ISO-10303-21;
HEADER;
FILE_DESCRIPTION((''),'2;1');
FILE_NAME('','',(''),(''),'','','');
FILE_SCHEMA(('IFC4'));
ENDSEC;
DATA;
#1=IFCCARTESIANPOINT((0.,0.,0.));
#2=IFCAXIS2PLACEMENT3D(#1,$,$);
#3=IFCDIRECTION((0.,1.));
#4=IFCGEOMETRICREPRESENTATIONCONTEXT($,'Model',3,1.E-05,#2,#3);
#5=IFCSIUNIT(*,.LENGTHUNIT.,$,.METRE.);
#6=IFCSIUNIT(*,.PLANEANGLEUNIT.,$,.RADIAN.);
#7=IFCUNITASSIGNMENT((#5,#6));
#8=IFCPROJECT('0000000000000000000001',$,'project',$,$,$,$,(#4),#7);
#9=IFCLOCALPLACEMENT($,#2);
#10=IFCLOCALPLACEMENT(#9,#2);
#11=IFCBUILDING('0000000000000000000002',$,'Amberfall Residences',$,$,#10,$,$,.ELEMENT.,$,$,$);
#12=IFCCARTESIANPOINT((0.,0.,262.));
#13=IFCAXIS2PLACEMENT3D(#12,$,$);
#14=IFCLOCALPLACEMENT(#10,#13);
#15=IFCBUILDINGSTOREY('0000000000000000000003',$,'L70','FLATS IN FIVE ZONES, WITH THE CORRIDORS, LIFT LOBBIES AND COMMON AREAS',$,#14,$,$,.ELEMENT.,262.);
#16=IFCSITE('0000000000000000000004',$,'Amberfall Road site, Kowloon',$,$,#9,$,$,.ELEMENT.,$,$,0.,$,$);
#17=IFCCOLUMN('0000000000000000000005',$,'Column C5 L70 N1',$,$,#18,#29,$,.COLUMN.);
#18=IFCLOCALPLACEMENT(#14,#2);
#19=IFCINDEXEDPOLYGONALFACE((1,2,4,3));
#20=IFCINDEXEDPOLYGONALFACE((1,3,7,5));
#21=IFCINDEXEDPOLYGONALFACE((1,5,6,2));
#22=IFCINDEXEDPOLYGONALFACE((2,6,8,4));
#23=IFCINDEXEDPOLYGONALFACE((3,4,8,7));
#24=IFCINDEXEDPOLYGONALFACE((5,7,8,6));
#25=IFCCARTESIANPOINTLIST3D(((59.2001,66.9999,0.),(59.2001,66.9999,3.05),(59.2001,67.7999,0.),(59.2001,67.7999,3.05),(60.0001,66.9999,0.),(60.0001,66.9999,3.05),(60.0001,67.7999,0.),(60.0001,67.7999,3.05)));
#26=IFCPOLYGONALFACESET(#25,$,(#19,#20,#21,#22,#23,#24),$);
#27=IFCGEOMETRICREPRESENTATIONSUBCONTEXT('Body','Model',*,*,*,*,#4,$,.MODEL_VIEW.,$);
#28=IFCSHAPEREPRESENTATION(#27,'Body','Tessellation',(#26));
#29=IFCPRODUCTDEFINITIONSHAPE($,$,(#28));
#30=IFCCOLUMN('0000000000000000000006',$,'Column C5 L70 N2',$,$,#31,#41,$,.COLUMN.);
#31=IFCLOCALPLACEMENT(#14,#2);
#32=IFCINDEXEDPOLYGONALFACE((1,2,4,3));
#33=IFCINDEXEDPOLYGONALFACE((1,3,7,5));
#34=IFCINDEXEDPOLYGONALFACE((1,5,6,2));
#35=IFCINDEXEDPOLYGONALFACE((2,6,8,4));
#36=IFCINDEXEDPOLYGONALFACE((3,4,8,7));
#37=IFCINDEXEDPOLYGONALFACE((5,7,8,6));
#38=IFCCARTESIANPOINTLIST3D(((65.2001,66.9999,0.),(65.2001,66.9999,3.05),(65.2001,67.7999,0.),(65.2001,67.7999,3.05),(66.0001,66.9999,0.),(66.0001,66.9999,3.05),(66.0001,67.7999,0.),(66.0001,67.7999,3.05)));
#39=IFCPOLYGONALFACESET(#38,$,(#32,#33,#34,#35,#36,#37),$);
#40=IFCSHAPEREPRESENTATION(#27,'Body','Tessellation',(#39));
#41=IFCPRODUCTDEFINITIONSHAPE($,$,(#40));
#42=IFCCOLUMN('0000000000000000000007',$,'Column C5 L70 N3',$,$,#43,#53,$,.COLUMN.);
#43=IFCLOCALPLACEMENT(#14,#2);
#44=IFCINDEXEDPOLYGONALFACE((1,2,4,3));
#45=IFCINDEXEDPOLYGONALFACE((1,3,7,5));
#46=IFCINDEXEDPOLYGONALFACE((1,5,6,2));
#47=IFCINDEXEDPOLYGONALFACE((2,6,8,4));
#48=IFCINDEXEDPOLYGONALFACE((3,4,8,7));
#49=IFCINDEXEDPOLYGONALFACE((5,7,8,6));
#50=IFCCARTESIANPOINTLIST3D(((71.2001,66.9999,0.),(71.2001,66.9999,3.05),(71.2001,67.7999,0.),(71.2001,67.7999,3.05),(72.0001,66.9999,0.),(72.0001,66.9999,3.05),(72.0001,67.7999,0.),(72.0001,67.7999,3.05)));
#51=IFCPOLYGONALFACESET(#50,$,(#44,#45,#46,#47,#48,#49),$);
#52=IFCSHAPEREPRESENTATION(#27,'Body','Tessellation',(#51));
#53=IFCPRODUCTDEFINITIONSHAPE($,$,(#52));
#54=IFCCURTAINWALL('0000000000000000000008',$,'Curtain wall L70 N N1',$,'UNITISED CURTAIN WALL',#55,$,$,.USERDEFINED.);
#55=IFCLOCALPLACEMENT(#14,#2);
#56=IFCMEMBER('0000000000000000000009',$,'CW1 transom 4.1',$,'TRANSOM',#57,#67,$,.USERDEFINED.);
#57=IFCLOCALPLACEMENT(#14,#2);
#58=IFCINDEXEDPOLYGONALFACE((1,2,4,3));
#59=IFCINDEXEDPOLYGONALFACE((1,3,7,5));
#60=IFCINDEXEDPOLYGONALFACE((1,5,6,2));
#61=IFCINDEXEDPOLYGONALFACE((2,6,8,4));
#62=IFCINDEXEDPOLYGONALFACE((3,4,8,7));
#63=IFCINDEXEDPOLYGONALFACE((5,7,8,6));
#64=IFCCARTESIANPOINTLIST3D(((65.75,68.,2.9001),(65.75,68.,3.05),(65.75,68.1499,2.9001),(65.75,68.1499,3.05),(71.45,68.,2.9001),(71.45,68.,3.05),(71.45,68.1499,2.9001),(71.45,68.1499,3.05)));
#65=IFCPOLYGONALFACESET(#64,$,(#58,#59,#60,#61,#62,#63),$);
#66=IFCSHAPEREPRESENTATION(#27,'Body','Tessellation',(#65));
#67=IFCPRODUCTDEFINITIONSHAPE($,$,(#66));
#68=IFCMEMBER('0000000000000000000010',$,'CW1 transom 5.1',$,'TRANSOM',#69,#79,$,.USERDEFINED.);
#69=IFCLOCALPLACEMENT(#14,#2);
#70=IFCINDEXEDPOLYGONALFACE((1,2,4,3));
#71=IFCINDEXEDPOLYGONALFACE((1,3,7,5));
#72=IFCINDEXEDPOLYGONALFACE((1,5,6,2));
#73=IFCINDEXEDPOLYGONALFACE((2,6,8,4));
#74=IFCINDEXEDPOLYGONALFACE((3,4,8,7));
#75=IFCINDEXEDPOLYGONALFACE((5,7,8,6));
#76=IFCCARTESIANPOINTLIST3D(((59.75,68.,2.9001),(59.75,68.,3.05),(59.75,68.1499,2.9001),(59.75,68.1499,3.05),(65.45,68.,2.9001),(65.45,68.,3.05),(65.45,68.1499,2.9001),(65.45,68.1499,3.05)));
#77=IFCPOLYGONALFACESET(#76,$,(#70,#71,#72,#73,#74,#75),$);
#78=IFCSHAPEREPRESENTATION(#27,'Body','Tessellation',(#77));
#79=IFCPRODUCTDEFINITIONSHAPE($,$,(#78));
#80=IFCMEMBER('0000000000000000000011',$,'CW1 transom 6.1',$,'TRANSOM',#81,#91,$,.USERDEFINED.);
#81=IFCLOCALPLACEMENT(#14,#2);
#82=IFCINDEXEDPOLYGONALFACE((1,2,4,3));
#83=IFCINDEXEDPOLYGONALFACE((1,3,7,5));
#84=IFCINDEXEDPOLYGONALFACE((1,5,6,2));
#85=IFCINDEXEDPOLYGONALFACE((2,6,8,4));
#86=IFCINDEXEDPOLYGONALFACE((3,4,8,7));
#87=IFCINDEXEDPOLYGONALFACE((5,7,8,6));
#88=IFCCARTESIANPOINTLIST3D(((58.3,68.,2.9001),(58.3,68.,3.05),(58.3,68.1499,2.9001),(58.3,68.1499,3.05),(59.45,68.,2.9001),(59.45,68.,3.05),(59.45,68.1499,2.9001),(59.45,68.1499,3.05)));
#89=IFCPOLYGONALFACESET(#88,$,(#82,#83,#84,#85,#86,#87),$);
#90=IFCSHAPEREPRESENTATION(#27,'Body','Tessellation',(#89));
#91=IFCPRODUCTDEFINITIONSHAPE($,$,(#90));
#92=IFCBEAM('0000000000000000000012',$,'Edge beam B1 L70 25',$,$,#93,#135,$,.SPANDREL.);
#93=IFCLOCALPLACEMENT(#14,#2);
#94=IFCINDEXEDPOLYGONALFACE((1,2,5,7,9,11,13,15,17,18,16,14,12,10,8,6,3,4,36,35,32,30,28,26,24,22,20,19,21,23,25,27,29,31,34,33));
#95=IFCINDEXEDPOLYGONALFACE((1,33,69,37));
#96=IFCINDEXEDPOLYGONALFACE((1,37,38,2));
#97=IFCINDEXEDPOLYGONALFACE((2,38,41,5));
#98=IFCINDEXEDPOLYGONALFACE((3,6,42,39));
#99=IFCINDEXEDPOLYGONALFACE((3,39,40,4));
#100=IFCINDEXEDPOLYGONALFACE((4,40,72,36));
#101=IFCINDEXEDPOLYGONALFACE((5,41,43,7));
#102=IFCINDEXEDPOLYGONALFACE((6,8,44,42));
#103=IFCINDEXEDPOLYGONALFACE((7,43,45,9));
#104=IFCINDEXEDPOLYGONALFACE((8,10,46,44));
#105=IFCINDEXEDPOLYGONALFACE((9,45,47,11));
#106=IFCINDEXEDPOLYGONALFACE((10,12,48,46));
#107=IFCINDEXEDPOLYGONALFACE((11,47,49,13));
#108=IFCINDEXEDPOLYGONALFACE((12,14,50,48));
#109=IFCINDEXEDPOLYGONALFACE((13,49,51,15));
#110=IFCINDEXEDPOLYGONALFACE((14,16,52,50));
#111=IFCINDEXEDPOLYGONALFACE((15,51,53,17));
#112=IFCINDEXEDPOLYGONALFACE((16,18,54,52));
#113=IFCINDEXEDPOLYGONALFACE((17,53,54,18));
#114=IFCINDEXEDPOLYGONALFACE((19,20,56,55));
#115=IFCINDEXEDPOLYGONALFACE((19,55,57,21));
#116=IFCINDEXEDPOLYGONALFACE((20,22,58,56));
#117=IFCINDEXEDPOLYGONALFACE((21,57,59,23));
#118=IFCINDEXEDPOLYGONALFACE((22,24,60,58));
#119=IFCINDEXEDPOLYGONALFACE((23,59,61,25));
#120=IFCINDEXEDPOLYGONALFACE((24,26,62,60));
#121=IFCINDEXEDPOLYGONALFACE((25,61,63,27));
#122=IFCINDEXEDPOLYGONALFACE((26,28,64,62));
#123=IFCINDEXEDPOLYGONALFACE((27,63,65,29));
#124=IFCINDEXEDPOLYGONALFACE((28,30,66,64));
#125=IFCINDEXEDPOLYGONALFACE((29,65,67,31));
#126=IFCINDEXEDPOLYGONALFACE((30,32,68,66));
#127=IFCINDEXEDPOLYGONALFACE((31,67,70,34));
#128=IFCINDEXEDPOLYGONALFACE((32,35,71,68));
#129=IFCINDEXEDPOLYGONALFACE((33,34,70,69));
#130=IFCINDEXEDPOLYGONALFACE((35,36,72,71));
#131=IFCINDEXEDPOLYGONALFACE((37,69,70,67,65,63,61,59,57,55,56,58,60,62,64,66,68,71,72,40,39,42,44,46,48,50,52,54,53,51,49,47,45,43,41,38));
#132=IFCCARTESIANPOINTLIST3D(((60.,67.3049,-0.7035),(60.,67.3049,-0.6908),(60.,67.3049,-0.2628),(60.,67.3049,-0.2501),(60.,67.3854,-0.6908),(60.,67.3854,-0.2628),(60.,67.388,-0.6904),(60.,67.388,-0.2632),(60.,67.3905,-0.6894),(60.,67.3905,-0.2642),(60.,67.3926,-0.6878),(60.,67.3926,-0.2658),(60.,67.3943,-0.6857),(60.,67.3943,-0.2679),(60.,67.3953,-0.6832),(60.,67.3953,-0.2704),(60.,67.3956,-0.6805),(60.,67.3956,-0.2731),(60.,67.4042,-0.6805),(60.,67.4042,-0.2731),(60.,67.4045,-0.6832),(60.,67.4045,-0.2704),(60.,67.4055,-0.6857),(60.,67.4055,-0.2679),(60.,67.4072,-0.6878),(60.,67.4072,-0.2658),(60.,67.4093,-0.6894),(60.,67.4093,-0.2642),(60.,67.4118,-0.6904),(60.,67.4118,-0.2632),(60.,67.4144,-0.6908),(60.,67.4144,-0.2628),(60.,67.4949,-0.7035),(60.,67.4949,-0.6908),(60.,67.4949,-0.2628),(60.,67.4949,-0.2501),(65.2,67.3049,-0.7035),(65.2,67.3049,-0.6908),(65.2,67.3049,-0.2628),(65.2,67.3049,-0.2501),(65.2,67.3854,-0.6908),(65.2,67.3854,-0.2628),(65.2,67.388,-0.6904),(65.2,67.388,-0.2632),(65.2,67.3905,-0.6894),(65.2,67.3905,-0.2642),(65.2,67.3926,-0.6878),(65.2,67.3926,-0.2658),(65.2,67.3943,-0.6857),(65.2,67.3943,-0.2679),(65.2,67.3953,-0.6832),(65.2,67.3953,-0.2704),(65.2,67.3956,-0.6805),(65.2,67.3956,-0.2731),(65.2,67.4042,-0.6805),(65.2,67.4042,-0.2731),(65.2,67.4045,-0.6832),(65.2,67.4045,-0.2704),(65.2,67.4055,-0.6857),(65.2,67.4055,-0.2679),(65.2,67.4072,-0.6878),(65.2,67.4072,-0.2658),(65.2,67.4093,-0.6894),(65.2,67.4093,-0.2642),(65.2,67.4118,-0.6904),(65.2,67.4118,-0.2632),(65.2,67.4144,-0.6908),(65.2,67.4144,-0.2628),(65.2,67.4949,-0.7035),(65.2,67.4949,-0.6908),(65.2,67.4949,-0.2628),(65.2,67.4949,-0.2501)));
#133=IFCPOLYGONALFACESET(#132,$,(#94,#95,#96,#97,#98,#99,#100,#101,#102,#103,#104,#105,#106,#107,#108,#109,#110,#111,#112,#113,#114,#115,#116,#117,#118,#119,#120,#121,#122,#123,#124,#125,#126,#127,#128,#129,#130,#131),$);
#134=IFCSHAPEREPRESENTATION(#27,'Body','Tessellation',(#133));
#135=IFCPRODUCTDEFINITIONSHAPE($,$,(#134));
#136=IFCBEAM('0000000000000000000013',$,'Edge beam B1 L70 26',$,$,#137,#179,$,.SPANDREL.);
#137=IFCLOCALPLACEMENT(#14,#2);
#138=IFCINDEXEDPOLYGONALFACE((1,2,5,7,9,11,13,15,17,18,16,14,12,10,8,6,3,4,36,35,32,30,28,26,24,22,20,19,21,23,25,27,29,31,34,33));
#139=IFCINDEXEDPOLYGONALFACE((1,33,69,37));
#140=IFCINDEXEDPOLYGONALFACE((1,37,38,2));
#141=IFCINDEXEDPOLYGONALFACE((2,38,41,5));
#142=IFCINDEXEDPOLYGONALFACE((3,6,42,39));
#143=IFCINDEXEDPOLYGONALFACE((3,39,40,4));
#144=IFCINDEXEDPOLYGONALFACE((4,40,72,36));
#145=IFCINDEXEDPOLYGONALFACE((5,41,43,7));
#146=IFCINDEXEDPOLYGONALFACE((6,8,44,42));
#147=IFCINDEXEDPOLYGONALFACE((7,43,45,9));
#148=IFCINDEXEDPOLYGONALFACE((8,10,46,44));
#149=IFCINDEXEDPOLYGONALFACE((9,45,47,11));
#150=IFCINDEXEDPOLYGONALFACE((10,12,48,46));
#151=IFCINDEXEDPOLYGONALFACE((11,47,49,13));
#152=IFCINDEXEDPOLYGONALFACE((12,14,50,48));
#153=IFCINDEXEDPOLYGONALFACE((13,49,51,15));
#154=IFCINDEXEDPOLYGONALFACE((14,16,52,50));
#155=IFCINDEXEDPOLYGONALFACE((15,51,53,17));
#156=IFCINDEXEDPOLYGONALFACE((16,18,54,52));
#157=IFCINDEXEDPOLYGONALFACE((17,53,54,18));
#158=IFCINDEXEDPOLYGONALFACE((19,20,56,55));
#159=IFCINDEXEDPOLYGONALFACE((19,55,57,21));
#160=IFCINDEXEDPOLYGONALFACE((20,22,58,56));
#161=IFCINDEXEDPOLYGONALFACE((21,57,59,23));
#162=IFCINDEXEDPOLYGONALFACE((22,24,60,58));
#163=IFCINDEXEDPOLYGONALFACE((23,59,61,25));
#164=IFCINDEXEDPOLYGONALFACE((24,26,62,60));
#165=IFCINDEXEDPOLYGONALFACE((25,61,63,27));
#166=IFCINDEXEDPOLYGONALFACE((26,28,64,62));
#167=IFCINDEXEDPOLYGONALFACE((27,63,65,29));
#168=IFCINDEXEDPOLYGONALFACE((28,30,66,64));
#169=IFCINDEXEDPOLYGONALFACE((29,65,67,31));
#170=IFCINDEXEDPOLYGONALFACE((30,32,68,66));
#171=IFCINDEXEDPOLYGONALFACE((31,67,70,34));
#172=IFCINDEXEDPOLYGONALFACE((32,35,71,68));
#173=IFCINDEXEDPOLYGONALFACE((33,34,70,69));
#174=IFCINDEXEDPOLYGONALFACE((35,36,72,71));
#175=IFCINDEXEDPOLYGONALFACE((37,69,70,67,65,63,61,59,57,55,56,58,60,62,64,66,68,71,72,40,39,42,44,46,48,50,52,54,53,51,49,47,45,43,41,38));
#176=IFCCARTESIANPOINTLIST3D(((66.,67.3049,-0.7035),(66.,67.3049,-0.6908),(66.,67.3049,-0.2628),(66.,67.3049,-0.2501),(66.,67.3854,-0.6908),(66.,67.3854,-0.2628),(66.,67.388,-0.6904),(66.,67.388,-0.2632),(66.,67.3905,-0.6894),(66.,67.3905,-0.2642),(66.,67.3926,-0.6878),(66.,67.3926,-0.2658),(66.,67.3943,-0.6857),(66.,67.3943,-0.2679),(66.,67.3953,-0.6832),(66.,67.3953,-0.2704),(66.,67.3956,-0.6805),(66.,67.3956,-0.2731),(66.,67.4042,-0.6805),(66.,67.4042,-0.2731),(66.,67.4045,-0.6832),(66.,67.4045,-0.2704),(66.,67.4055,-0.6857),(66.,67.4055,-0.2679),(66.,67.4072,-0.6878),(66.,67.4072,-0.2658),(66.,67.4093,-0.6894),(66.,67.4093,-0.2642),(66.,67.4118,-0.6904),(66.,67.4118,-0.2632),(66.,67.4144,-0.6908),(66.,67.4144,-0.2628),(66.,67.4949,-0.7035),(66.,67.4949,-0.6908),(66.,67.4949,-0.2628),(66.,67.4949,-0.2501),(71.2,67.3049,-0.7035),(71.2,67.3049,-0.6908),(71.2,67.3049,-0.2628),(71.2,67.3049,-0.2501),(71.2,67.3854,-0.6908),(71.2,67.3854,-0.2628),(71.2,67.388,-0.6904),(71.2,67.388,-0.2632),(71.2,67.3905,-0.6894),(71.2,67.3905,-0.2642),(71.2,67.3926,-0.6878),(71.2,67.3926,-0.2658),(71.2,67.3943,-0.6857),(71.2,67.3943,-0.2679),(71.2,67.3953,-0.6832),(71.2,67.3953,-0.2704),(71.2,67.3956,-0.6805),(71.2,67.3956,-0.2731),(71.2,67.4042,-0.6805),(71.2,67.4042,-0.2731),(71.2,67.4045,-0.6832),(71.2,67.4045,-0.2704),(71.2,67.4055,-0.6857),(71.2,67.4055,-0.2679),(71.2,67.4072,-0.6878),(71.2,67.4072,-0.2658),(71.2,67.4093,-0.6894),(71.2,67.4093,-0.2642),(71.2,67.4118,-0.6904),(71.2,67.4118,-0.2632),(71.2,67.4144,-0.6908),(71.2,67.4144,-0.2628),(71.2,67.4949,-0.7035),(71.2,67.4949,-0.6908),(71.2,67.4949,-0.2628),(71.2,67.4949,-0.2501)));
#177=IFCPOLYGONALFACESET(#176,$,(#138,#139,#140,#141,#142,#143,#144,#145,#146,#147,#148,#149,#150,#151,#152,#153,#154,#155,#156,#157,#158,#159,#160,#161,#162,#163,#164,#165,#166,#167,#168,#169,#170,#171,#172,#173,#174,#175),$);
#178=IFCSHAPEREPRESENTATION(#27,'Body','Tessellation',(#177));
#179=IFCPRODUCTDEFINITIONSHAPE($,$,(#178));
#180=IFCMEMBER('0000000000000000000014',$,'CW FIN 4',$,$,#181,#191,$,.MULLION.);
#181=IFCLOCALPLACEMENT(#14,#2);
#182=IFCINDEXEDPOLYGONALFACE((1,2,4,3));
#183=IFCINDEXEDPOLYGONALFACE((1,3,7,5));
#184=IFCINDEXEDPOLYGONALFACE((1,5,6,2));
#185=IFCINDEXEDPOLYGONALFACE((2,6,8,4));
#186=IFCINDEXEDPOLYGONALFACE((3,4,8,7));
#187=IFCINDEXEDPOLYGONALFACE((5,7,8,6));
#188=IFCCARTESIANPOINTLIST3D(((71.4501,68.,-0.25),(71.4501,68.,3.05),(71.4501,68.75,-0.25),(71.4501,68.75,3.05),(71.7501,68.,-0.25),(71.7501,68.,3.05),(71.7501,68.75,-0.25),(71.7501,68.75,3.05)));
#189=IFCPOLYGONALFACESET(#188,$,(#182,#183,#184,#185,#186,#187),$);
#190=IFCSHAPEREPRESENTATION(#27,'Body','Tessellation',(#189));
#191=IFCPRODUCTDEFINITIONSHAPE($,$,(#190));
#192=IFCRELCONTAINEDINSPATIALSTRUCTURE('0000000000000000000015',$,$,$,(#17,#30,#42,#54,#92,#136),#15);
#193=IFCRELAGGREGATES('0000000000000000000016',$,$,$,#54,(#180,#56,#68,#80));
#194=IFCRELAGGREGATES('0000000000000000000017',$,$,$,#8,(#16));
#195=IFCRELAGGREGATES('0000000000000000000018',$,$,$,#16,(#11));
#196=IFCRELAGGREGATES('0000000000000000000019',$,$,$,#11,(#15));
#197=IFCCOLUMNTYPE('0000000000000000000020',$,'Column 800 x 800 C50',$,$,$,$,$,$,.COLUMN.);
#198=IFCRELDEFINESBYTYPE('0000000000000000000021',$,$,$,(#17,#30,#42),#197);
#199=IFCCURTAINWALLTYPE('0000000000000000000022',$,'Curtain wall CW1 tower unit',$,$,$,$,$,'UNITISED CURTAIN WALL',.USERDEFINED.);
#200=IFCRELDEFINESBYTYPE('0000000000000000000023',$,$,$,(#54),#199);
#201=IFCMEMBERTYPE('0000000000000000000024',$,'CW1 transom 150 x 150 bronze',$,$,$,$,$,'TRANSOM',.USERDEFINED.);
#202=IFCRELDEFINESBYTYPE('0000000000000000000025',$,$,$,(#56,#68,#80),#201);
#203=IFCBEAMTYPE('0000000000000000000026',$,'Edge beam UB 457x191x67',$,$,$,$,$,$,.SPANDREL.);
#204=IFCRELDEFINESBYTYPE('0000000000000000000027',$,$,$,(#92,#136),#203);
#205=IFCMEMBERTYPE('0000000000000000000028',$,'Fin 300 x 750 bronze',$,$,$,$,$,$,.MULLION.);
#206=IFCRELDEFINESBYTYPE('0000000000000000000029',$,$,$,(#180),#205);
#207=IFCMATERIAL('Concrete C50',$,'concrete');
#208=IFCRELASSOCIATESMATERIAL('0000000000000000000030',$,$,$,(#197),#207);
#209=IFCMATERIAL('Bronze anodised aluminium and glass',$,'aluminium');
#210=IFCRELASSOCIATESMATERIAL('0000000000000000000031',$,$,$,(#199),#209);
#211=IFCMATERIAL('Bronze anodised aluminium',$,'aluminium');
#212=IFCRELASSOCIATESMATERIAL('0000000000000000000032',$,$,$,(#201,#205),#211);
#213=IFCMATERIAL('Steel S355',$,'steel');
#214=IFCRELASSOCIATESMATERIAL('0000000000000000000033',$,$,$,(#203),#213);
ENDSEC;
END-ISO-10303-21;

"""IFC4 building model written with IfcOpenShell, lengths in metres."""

from ifc_helpers import new_model, si_unit, direction, frame, origin, origin_2d, place, context, subcontext, project, spatial, rectangle, i_section, extrude, material, material_profile, profile_set, type_object, element, aggregate, save


model = new_model("IFC4")

# Units and contexts
model_context = context("Model", 3, precision=1e-05, world=origin(), true_north=direction((0.0, 1.0)))
body_context = subcontext(model_context, "Body", "Model", "MODEL_VIEW")
ifc_project = project(units=[si_unit("LENGTHUNIT", "METRE"), si_unit("PLANEANGLEUNIT", "RADIAN")], contexts=[model_context])

# Site, building, storey
site_placement = place(None, origin())
site = spatial("IfcSite", under=ifc_project, at=site_placement, Name="Amberfall Road site, Kowloon", CompositionType="ELEMENT", RefElevation=0.0)
building_placement = place(site_placement, origin())
building = spatial("IfcBuilding", under=site, at=building_placement, Name="Amberfall Residences", CompositionType="ELEMENT")
storey_placement = place(building_placement, frame((0.0, 0.0, 262.0)))
storey = spatial("IfcBuildingStorey", under=building, at=storey_placement, Name="L70", Description="FLATS IN FIVE ZONES, WITH THE CORRIDORS, LIFT LOBBIES AND COMMON AREAS", CompositionType="ELEMENT", Elevation=262.0)

# Columns
ifc_material_1 = material(Name="Concrete C50", Category="concrete")
ifc_material_profile_1 = material_profile(ifc_material_1, rectangle(XDim=0.8, YDim=0.8, at=origin_2d()), Name="Column 800 x 800 C50")
ifc_profile_set_1 = profile_set([ifc_material_profile_1], Name="Concrete C50")
column_type = type_object("IfcColumnType", Name="Column 800 x 800 C50", PredefinedType="COLUMN", material=ifc_profile_set_1)
for number, where, z_axis, x_axis, name in (
    (1, (59.6001, 67.3999, 0.0), (0.0, 0.0, 1.0), (1.0, 0.0, 0.0), "Column C5 L70 N1"),
    (2, (65.6001, 67.3999, 0.0), (0.0, 0.0, 1.0), (1.0, 0.0, 0.0), "Column C5 L70 N2"),
    (3, (71.6001, 67.3999, 0.0), (0.0, 0.0, 1.0), (1.0, 0.0, 0.0), "Column C5 L70 N3"),
):
    element("IfcColumn", number, at=place(storey_placement, frame(where, z_axis=z_axis, x_axis=x_axis)), inside=storey, type_object=column_type, Name=name, PredefinedType="COLUMN", context=body_context, shape_type="SweptSolid", body=[
        extrude(rectangle(XDim=0.8, YDim=0.8, at=origin_2d()), origin(), (0.0, 0.0, 1.0), 3.05),
    ])

# Curtain wall, members
ifc_material_2 = material(Name="Bronze anodised aluminium and glass", Category="aluminium")
curtain_wall_type = type_object("IfcCurtainWallType", Name="Curtain wall CW1 tower unit", ElementType="UNITISED CURTAIN WALL", PredefinedType="USERDEFINED", material=ifc_material_2)
curtain_wall_placement = place(storey_placement, origin())
curtain_wall = element("IfcCurtainWall", 4, at=curtain_wall_placement, inside=storey, type_object=curtain_wall_type, Name="Curtain wall L70 N N1", ObjectType="UNITISED CURTAIN WALL", PredefinedType="USERDEFINED")
ifc_material_3 = material(Name="Bronze anodised aluminium", Category="aluminium")
ifc_material_profile_2 = material_profile(ifc_material_3, rectangle(XDim=0.1499, YDim=0.1499, at=origin_2d()), Name="CW1 transom 150 x 150 bronze")
ifc_profile_set_2 = profile_set([ifc_material_profile_2], Name="Bronze anodised aluminium")
member_type_1 = type_object("IfcMemberType", Name="CW1 transom 150 x 150 bronze", ElementType="TRANSOM", PredefinedType="USERDEFINED", material=ifc_profile_set_2)
member_1_placement = place(storey_placement, frame((71.45, 68.075, 2.9751), z_axis=(-1.0, 0.0, 0.0), x_axis=(0.0, -1.0, 0.0)))
member_1 = element("IfcMember", 5, at=member_1_placement, type_object=member_type_1, Name="CW1 transom 4.1", ObjectType="TRANSOM", PredefinedType="USERDEFINED", context=body_context, shape_type="SweptSolid", body=[
    extrude(rectangle(XDim=0.1499, YDim=0.1499, at=origin_2d()), origin(), (0.0, 0.0, 1.0), 5.7),
])
member_2_placement = place(storey_placement, frame((65.45, 68.075, 2.9751), z_axis=(-1.0, 0.0, 0.0), x_axis=(0.0, -1.0, 0.0)))
member_2 = element("IfcMember", 6, at=member_2_placement, type_object=member_type_1, Name="CW1 transom 5.1", ObjectType="TRANSOM", PredefinedType="USERDEFINED", context=body_context, shape_type="SweptSolid", body=[
    extrude(rectangle(XDim=0.1499, YDim=0.1499, at=origin_2d()), origin(), (0.0, 0.0, 1.0), 5.7),
])
member_3_placement = place(storey_placement, frame((59.45, 68.075, 2.9751), z_axis=(-1.0, 0.0, 0.0), x_axis=(0.0, -1.0, 0.0)))
member_3 = element("IfcMember", 7, at=member_3_placement, type_object=member_type_1, Name="CW1 transom 6.1", ObjectType="TRANSOM", PredefinedType="USERDEFINED", context=body_context, shape_type="SweptSolid", body=[
    extrude(rectangle(XDim=0.1499, YDim=0.1499, at=origin_2d()), origin(), (0.0, 0.0, 1.0), 1.1499),
])

# Beams
ifc_material_4 = material(Name="Steel S355", Category="steel")
ifc_material_profile_3 = material_profile(ifc_material_4, i_section(OverallWidth=0.1899, OverallDepth=0.4534, WebThickness=0.0085, FlangeThickness=0.0127, FilletRadius=0.0103, at=origin_2d()), Name="UB 457x191x67")
ifc_profile_set_3 = profile_set([ifc_material_profile_3], Name="Steel S355")
beam_type_1 = type_object("IfcBeamType", Name="Edge beam UB 457x191x67", PredefinedType="SPANDREL", material=ifc_profile_set_3)
for number, where, z_axis, x_axis, name in (
    (8, (60.0, 67.3999, -0.4768), (1.0, 0.0, 0.0), (0.0, 1.0, 0.0), "Edge beam B1 L70 25"),
    (9, (66.0, 67.3999, -0.4768), (1.0, 0.0, 0.0), (0.0, 1.0, 0.0), "Edge beam B1 L70 26"),
):
    element("IfcBeam", number, at=place(storey_placement, frame(where, z_axis=z_axis, x_axis=x_axis)), inside=storey, type_object=beam_type_1, Name=name, PredefinedType="SPANDREL", context=body_context, shape_type="SweptSolid", body=[
        extrude(i_section(OverallWidth=0.1899, OverallDepth=0.4534, WebThickness=0.0085, FlangeThickness=0.0127, FilletRadius=0.0103, at=origin_2d()), origin(), (0.0, 0.0, 1.0), 5.2),
    ])

# Member
ifc_material_profile_4 = material_profile(ifc_material_3, rectangle(XDim=0.75, YDim=0.3, at=origin_2d()), Name="Fin 300 x 750 bronze")
ifc_profile_set_4 = profile_set([ifc_material_profile_4], Name="Bronze anodised aluminium")
member_type_2 = type_object("IfcMemberType", Name="Fin 300 x 750 bronze", PredefinedType="MULLION", material=ifc_profile_set_4)
member_4_placement = place(storey_placement, frame((71.6001, 68.375, -0.25), z_axis=(0.0, 0.0, 1.0), x_axis=(0.0, -1.0, 0.0)))
member_4 = element("IfcMember", 10, at=member_4_placement, type_object=member_type_2, Name="CW FIN 4", PredefinedType="MULLION", context=body_context, shape_type="SweptSolid", body=[
    extrude(rectangle(XDim=0.75, YDim=0.3, at=origin_2d()), origin(), (0.0, 0.0, 1.0), 3.3),
])

aggregate(curtain_wall, [member_4, member_1, member_2, member_3])

save(model, "model.ifc")
